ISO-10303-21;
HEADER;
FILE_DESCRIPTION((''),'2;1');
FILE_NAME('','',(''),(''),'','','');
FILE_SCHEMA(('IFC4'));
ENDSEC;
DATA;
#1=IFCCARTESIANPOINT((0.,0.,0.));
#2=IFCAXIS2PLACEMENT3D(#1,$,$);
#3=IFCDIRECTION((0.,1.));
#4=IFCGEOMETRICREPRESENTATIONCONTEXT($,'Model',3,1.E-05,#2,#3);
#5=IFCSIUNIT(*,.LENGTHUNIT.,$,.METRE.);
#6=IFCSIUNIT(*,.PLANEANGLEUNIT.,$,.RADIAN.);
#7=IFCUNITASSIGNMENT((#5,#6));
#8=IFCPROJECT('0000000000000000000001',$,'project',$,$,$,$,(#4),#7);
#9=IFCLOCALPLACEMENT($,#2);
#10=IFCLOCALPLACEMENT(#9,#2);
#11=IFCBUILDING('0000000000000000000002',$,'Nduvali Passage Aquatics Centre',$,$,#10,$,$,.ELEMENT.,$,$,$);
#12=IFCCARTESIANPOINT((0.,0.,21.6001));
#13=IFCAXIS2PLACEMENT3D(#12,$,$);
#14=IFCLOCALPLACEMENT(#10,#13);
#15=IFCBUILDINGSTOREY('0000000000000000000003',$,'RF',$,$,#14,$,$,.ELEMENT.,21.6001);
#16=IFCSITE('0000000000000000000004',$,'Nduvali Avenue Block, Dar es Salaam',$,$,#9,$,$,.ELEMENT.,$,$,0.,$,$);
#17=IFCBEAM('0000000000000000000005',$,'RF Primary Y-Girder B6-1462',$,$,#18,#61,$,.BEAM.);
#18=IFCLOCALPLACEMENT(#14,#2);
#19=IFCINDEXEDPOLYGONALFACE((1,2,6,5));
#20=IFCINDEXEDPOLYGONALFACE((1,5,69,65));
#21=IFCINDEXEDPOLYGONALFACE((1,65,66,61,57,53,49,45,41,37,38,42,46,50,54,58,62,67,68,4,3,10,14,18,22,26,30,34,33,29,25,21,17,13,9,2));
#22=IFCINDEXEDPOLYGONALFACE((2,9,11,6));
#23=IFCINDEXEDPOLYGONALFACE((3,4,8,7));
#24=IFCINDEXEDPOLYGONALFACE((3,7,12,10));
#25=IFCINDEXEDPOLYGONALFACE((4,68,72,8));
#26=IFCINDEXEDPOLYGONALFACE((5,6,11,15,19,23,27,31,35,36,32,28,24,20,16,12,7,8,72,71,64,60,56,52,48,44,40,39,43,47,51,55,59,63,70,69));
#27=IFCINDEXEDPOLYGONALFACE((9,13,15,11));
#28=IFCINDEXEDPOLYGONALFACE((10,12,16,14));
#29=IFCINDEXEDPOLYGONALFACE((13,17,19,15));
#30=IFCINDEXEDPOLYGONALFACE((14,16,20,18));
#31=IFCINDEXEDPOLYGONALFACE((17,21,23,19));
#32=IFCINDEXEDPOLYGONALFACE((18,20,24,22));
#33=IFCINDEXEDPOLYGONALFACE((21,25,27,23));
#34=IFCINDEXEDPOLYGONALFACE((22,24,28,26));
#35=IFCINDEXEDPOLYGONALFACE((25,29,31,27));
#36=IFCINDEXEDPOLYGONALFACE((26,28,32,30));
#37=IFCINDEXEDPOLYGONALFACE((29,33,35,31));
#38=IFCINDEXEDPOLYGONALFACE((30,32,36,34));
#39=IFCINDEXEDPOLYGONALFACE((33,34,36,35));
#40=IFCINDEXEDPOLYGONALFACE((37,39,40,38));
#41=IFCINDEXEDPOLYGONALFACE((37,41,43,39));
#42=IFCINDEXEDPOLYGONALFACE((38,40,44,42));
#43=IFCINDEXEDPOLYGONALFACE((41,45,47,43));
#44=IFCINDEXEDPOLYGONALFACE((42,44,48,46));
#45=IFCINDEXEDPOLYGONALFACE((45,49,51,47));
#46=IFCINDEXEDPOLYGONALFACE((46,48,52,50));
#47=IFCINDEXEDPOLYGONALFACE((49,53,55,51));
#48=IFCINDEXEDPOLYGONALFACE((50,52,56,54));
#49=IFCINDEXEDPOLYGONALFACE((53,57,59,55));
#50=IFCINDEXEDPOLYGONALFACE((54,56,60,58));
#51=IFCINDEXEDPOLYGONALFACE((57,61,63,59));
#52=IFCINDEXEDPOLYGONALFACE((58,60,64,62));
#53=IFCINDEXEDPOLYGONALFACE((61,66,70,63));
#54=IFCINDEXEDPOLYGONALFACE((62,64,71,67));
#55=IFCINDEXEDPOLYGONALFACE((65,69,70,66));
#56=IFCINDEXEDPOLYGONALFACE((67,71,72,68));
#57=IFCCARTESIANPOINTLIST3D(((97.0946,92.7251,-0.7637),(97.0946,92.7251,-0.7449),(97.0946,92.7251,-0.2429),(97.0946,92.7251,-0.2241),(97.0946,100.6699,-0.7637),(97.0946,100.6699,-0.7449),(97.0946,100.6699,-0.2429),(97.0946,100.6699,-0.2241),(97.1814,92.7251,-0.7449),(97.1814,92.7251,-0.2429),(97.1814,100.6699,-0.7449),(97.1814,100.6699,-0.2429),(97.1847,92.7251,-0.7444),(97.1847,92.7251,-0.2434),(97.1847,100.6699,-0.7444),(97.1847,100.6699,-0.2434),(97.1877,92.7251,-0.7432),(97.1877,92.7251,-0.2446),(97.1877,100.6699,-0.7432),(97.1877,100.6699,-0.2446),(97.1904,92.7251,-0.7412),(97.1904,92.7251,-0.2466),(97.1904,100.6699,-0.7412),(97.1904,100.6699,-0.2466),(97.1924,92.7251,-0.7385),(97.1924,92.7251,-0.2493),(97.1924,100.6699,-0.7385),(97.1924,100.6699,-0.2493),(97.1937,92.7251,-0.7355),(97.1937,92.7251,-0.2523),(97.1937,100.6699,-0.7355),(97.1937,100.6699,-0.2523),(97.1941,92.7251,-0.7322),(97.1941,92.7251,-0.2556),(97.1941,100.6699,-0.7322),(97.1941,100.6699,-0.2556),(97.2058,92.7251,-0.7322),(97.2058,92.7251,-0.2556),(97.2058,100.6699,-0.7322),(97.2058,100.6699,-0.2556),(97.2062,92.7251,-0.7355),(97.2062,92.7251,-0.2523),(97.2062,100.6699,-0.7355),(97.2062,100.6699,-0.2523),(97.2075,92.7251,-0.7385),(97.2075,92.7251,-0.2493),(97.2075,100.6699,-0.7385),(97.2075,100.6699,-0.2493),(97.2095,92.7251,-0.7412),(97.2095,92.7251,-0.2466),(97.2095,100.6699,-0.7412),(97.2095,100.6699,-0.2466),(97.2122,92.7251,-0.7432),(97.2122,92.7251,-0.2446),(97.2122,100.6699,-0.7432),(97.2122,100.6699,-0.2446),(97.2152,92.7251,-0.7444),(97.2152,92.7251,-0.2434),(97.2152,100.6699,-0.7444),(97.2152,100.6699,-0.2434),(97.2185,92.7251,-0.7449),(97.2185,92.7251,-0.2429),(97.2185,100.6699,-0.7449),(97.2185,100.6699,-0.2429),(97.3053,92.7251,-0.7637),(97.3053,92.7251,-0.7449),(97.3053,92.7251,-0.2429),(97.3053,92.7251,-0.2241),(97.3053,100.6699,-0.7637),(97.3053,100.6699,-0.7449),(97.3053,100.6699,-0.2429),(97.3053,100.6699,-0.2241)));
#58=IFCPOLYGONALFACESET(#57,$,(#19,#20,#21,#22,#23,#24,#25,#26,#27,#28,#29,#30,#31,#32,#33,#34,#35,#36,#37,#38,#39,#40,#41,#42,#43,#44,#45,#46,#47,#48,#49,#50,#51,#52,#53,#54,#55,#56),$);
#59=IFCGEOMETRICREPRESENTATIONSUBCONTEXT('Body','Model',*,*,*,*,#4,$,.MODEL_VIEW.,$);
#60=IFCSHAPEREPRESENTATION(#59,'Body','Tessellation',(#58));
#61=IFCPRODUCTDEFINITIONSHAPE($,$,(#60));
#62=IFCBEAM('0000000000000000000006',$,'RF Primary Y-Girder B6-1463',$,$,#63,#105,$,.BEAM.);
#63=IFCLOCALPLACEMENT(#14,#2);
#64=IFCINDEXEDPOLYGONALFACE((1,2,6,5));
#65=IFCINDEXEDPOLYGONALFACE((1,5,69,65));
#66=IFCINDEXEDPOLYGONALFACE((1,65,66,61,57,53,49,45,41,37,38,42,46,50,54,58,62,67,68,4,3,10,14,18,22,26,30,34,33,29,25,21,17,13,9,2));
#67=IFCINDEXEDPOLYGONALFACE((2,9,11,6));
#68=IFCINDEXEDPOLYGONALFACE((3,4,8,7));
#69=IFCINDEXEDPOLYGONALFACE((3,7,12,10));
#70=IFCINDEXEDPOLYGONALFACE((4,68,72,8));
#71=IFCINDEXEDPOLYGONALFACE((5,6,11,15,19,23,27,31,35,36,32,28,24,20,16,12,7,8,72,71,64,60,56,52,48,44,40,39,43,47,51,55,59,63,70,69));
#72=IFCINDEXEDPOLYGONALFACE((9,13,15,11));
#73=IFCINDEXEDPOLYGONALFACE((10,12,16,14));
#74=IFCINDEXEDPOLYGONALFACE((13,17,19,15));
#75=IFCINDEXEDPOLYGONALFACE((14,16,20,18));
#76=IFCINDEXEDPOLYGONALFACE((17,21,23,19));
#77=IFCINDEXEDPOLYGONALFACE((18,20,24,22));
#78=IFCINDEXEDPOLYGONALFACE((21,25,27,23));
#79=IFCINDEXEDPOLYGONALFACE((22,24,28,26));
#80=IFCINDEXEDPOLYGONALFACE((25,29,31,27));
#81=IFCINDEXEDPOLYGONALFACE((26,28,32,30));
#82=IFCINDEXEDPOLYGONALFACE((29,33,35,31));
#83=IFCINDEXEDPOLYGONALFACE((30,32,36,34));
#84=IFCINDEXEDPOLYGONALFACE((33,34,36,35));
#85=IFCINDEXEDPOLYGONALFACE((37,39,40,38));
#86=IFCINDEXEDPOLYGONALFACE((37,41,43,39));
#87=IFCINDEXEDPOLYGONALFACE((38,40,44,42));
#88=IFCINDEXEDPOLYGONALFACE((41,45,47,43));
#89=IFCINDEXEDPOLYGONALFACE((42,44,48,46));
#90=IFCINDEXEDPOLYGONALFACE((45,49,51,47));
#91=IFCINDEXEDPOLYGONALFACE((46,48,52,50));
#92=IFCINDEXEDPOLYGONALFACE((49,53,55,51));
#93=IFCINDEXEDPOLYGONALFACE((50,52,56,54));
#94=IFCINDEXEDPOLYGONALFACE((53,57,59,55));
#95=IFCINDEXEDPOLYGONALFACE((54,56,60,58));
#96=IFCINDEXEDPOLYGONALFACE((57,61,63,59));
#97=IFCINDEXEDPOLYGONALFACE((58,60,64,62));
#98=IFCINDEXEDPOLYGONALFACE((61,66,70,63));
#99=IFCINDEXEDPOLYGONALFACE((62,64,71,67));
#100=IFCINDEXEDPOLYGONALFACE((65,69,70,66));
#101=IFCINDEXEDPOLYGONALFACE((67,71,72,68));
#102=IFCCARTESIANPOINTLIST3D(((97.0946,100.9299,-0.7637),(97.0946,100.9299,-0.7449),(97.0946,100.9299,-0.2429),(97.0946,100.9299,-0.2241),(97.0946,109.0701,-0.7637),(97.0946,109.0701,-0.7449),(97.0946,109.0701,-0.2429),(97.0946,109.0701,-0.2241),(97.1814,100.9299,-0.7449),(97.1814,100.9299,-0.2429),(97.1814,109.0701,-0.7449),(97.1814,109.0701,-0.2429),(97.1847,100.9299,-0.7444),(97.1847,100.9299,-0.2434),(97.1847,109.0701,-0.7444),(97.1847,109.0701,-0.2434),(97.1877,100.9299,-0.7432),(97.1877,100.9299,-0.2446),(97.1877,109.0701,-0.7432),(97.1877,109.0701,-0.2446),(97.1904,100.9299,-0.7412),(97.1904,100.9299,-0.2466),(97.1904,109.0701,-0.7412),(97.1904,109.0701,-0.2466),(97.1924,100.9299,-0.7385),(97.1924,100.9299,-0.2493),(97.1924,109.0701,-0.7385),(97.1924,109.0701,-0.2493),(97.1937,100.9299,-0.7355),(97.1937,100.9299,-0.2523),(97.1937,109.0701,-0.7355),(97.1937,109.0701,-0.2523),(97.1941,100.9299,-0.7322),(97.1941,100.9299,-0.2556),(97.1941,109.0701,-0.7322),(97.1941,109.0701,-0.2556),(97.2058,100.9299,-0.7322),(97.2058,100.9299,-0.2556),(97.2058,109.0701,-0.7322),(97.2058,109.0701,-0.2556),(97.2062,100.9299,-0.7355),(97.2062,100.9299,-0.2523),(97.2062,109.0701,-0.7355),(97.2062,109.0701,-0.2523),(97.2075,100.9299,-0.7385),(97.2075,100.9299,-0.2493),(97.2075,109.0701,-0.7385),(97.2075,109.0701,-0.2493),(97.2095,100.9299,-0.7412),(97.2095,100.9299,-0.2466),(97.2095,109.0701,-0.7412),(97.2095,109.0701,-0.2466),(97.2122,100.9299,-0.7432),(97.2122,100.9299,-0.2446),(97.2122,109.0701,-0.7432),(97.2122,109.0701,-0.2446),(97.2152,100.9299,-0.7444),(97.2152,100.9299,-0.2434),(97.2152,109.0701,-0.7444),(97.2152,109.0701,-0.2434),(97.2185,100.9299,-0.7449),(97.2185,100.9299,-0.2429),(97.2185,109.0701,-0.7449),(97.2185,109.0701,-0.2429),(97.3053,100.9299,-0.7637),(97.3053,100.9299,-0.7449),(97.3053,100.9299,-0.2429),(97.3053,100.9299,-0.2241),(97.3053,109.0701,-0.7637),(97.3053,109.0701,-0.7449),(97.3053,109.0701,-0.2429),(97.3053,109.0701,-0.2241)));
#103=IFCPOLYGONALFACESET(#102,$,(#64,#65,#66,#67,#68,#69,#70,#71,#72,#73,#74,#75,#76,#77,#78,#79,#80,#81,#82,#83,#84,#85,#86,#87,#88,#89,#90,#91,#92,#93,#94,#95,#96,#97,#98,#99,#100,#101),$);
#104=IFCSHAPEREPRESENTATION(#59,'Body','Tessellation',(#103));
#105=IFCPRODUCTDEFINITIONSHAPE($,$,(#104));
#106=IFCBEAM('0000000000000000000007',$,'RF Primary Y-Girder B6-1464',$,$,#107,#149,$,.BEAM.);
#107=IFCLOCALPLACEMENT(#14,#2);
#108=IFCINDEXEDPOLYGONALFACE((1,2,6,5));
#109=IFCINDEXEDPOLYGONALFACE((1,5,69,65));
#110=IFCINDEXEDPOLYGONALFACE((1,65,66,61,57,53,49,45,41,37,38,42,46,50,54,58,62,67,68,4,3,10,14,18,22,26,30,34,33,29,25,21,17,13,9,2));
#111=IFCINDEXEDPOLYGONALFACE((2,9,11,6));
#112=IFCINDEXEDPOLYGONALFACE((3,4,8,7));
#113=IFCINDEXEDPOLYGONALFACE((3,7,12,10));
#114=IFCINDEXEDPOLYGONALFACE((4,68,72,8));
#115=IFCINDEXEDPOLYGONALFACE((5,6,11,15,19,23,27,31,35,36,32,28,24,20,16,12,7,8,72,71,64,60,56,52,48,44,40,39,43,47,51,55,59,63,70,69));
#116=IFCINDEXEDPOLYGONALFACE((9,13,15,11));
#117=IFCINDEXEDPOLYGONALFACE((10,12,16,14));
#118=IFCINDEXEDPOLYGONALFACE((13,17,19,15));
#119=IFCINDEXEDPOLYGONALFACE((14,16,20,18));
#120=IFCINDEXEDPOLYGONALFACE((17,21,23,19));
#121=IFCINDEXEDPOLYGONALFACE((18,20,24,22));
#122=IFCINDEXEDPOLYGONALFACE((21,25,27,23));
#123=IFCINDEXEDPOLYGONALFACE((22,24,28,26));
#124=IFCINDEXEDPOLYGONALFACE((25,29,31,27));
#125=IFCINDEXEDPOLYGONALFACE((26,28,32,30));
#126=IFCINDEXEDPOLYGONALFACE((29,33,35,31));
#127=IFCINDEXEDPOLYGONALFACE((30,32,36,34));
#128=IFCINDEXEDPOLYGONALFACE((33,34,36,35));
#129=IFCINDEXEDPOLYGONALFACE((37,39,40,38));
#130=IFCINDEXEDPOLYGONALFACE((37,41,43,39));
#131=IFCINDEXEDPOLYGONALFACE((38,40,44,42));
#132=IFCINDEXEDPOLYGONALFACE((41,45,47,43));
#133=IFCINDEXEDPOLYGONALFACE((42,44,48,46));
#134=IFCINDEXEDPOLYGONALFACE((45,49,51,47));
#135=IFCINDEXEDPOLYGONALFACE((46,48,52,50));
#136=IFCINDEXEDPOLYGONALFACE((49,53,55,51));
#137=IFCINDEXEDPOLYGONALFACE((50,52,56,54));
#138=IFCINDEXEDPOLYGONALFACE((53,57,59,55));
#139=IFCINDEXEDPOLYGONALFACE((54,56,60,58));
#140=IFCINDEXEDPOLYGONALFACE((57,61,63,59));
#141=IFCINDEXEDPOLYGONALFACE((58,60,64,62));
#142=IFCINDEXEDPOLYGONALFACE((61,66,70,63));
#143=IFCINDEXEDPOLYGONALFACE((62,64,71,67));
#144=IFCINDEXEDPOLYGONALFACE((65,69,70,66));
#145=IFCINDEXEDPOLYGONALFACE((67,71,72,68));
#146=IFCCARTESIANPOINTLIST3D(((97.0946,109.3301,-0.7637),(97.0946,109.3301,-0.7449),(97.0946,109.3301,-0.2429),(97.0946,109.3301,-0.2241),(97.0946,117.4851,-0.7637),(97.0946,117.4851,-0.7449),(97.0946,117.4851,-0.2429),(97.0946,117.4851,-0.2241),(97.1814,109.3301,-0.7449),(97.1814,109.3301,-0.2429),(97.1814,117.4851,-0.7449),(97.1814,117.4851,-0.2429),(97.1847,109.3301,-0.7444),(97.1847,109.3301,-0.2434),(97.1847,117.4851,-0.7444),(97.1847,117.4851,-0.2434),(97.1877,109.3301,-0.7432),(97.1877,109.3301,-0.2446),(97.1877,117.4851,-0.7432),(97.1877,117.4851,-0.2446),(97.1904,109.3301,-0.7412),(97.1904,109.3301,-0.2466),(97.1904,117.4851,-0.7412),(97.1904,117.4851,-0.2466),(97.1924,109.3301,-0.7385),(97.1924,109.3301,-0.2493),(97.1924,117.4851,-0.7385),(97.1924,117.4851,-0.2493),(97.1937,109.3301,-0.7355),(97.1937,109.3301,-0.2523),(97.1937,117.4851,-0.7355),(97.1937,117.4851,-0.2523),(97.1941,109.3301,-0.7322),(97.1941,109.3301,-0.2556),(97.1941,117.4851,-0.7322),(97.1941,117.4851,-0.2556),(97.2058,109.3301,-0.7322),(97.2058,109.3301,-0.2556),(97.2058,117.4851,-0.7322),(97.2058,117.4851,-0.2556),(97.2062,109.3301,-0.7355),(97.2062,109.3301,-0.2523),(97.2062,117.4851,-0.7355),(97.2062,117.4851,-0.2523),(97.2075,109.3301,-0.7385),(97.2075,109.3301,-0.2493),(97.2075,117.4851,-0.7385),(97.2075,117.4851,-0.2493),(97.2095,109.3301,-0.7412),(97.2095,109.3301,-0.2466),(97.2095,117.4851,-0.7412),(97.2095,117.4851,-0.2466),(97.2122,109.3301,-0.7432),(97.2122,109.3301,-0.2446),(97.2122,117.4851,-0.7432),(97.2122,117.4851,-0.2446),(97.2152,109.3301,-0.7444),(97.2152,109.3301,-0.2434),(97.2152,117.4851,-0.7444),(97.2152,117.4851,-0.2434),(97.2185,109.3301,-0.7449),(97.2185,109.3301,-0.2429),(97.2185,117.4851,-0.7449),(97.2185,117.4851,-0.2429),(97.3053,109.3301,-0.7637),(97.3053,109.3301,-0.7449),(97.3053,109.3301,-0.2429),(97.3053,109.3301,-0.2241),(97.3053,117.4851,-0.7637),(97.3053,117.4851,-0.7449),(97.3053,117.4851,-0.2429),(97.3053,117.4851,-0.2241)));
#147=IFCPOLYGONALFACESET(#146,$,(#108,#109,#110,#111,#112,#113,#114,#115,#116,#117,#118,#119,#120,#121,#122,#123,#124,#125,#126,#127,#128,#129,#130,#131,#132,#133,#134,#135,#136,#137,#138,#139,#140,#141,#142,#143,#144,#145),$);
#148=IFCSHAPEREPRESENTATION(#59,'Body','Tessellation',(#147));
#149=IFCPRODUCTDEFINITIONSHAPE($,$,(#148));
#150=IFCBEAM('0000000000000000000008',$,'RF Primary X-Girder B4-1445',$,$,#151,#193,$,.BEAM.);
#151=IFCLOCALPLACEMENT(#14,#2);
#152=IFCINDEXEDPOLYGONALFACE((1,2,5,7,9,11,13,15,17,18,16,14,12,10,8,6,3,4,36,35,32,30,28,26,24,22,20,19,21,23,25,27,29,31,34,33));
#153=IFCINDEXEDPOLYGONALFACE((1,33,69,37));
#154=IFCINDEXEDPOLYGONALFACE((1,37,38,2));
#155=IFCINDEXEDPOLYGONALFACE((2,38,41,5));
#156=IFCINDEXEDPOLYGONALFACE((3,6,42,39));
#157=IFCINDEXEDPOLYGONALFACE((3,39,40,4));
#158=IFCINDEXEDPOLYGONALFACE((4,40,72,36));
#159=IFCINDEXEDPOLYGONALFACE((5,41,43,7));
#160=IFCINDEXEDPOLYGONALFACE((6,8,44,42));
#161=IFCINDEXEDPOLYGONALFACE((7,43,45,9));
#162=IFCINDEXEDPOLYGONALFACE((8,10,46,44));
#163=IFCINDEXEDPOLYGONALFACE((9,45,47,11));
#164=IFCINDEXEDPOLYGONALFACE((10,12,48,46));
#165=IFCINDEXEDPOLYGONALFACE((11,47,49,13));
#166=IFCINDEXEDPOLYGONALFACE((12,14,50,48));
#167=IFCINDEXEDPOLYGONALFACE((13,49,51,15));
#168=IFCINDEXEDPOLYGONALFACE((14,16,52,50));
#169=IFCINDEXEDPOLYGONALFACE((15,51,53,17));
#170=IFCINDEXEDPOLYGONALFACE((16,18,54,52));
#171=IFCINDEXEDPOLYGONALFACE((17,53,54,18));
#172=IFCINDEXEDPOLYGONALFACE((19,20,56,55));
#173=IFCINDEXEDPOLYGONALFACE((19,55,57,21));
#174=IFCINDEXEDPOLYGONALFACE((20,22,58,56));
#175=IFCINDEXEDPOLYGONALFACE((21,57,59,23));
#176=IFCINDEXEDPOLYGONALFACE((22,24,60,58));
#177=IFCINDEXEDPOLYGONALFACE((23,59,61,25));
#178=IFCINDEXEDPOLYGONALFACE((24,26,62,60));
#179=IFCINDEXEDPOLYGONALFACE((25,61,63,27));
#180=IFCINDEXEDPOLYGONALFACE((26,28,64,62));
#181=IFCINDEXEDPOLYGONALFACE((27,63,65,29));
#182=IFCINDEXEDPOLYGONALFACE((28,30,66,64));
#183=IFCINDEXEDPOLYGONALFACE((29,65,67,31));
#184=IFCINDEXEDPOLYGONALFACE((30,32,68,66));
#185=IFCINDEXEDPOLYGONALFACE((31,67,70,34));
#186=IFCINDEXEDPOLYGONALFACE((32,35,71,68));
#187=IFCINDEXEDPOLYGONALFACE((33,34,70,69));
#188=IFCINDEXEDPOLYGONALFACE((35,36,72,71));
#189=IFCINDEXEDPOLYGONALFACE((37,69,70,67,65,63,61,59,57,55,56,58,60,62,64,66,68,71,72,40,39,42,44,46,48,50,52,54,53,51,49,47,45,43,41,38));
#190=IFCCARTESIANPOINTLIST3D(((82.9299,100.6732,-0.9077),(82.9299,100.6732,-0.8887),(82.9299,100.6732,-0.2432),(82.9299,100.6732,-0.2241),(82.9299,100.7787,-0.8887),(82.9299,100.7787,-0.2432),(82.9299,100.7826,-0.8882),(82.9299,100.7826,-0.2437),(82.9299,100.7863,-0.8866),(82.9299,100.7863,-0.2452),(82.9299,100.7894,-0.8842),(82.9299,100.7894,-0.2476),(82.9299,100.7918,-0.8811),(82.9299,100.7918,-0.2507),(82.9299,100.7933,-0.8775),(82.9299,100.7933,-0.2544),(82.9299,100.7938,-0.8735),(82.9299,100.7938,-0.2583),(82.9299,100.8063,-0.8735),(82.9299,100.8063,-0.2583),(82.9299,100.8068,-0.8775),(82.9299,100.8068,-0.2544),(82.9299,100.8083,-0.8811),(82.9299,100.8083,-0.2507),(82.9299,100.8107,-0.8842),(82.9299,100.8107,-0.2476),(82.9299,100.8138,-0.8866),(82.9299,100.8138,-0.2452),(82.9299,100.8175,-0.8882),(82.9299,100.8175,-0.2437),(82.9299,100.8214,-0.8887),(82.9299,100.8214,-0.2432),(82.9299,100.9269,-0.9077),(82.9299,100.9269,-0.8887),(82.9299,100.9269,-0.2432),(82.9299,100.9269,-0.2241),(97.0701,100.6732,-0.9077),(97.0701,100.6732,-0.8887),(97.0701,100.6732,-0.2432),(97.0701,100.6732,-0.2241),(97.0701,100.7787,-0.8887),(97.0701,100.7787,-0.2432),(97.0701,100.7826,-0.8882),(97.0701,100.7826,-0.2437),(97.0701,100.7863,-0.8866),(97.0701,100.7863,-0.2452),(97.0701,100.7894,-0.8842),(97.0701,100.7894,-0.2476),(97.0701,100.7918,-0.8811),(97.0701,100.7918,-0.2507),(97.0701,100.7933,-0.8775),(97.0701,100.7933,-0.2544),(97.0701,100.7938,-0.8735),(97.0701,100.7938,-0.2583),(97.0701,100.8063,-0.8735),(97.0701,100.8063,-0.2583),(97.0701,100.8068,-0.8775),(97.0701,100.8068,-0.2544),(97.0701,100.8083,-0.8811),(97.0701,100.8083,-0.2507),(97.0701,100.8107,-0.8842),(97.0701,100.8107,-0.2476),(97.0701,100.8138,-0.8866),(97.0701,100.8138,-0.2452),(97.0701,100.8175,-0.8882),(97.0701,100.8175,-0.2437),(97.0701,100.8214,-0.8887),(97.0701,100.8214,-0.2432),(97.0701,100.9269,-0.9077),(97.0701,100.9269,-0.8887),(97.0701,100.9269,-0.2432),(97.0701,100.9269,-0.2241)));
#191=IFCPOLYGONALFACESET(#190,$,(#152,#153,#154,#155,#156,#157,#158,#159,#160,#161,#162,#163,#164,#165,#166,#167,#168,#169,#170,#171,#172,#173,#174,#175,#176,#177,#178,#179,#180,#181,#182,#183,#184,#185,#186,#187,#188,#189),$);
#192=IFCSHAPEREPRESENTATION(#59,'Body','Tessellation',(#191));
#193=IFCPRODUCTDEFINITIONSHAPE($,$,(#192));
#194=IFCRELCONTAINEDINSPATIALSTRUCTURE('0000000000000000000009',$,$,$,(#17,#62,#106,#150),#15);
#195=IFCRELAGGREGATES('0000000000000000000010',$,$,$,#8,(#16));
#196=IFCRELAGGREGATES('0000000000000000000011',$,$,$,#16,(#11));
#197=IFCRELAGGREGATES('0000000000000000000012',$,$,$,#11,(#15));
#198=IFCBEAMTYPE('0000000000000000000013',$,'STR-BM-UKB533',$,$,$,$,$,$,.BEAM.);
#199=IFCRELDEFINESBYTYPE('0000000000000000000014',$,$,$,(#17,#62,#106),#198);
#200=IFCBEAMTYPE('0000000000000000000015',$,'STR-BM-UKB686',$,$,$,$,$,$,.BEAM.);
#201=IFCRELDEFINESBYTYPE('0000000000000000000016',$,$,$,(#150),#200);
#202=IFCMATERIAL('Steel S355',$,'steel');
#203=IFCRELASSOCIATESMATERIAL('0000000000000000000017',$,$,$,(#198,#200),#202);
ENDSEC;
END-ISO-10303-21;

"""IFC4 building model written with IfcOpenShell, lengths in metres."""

from ifc_helpers import new_model, si_unit, direction, frame, origin, origin_2d, place, context, subcontext, project, spatial, i_section, extrude, material, material_profile, profile_set, type_object, element, save


model = new_model("IFC4")

# Units and contexts
model_context = context("Model", 3, precision=1e-05, world=origin(), true_north=direction((0.0, 1.0)))
body_context = subcontext(model_context, "Body", "Model", "MODEL_VIEW")
ifc_project = project(units=[si_unit("LENGTHUNIT", "METRE"), si_unit("PLANEANGLEUNIT", "RADIAN")], contexts=[model_context])

# Site, building, storey
site_placement = place(None, origin())
site = spatial("IfcSite", under=ifc_project, at=site_placement, Name="Nduvali Avenue Block, Dar es Salaam", CompositionType="ELEMENT", RefElevation=0.0)
building_placement = place(site_placement, origin())
building = spatial("IfcBuilding", under=site, at=building_placement, Name="Nduvali Passage Aquatics Centre", CompositionType="ELEMENT")
storey_placement = place(building_placement, frame((0.0, 0.0, 21.6001)))
storey = spatial("IfcBuildingStorey", under=building, at=storey_placement, Name="RF", CompositionType="ELEMENT", Elevation=21.6001)

# Beams
ifc_material_1 = material(Name="Steel S355", Category="steel")
ifc_material_profile_1 = material_profile(ifc_material_1, i_section(OverallWidth=0.2107, OverallDepth=0.5396, WebThickness=0.0117, FlangeThickness=0.0188, FilletRadius=0.0127, at=origin_2d()), Name="UKB 533x210x109")
ifc_profile_set_1 = profile_set([ifc_material_profile_1], Name="Steel S355")
beam_type_1 = type_object("IfcBeamType", Name="STR-BM-UKB533", PredefinedType="BEAM", material=ifc_profile_set_1)
beam_1_placement = place(storey_placement, frame((97.2, 92.7251, -0.4939), z_axis=(0.0, 1.0, 0.0), x_axis=(-1.0, 0.0, 0.0)))
element("IfcBeam", 1, at=beam_1_placement, inside=storey, type_object=beam_type_1, Name="RF Primary Y-Girder B6-1462", PredefinedType="BEAM", context=body_context, shape_type="SweptSolid", body=[
    extrude(i_section(OverallWidth=0.2107, OverallDepth=0.5396, WebThickness=0.0117, FlangeThickness=0.0188, FilletRadius=0.0127, at=origin_2d()), origin(), (0.0, 0.0, 1.0), 7.9448),
])
beam_2_placement = place(storey_placement, frame((97.2, 100.9299, -0.4939), z_axis=(0.0, 1.0, 0.0), x_axis=(-1.0, 0.0, 0.0)))
element("IfcBeam", 2, at=beam_2_placement, inside=storey, type_object=beam_type_1, Name="RF Primary Y-Girder B6-1463", PredefinedType="BEAM", context=body_context, shape_type="SweptSolid", body=[
    extrude(i_section(OverallWidth=0.2107, OverallDepth=0.5396, WebThickness=0.0117, FlangeThickness=0.0188, FilletRadius=0.0127, at=origin_2d()), origin(), (0.0, 0.0, 1.0), 8.1401),
])
beam_3_placement = place(storey_placement, frame((97.2, 109.3301, -0.4939), z_axis=(0.0, 1.0, 0.0), x_axis=(-1.0, 0.0, 0.0)))
element("IfcBeam", 3, at=beam_3_placement, inside=storey, type_object=beam_type_1, Name="RF Primary Y-Girder B6-1464", PredefinedType="BEAM", context=body_context, shape_type="SweptSolid", body=[
    extrude(i_section(OverallWidth=0.2107, OverallDepth=0.5396, WebThickness=0.0117, FlangeThickness=0.0188, FilletRadius=0.0127, at=origin_2d()), origin(), (0.0, 0.0, 1.0), 8.155),
])
ifc_material_profile_2 = material_profile(ifc_material_1, i_section(OverallWidth=0.2537, OverallDepth=0.6836, WebThickness=0.0125, FlangeThickness=0.019, FilletRadius=0.0151, at=origin_2d()), Name="UKB 686x254x140")
ifc_profile_set_2 = profile_set([ifc_material_profile_2], Name="Steel S355")
beam_type_2 = type_object("IfcBeamType", Name="STR-BM-UKB686", PredefinedType="BEAM", material=ifc_profile_set_2)
for number, where, z_axis, x_axis, name in (
    (4, (82.9299, 100.8, -0.5659), (1.0, 0.0, 0.0), (0.0, 1.0, 0.0), "RF Primary X-Girder B4-1445"),
):
    element("IfcBeam", number, at=place(storey_placement, frame(where, z_axis=z_axis, x_axis=x_axis)), inside=storey, type_object=beam_type_2, Name=name, PredefinedType="BEAM", context=body_context, shape_type="SweptSolid", body=[
        extrude(i_section(OverallWidth=0.2537, OverallDepth=0.6836, WebThickness=0.0125, FlangeThickness=0.019, FilletRadius=0.0151, at=origin_2d()), origin(), (0.0, 0.0, 1.0), 14.1401),
    ])

save(model, "model.ifc")
